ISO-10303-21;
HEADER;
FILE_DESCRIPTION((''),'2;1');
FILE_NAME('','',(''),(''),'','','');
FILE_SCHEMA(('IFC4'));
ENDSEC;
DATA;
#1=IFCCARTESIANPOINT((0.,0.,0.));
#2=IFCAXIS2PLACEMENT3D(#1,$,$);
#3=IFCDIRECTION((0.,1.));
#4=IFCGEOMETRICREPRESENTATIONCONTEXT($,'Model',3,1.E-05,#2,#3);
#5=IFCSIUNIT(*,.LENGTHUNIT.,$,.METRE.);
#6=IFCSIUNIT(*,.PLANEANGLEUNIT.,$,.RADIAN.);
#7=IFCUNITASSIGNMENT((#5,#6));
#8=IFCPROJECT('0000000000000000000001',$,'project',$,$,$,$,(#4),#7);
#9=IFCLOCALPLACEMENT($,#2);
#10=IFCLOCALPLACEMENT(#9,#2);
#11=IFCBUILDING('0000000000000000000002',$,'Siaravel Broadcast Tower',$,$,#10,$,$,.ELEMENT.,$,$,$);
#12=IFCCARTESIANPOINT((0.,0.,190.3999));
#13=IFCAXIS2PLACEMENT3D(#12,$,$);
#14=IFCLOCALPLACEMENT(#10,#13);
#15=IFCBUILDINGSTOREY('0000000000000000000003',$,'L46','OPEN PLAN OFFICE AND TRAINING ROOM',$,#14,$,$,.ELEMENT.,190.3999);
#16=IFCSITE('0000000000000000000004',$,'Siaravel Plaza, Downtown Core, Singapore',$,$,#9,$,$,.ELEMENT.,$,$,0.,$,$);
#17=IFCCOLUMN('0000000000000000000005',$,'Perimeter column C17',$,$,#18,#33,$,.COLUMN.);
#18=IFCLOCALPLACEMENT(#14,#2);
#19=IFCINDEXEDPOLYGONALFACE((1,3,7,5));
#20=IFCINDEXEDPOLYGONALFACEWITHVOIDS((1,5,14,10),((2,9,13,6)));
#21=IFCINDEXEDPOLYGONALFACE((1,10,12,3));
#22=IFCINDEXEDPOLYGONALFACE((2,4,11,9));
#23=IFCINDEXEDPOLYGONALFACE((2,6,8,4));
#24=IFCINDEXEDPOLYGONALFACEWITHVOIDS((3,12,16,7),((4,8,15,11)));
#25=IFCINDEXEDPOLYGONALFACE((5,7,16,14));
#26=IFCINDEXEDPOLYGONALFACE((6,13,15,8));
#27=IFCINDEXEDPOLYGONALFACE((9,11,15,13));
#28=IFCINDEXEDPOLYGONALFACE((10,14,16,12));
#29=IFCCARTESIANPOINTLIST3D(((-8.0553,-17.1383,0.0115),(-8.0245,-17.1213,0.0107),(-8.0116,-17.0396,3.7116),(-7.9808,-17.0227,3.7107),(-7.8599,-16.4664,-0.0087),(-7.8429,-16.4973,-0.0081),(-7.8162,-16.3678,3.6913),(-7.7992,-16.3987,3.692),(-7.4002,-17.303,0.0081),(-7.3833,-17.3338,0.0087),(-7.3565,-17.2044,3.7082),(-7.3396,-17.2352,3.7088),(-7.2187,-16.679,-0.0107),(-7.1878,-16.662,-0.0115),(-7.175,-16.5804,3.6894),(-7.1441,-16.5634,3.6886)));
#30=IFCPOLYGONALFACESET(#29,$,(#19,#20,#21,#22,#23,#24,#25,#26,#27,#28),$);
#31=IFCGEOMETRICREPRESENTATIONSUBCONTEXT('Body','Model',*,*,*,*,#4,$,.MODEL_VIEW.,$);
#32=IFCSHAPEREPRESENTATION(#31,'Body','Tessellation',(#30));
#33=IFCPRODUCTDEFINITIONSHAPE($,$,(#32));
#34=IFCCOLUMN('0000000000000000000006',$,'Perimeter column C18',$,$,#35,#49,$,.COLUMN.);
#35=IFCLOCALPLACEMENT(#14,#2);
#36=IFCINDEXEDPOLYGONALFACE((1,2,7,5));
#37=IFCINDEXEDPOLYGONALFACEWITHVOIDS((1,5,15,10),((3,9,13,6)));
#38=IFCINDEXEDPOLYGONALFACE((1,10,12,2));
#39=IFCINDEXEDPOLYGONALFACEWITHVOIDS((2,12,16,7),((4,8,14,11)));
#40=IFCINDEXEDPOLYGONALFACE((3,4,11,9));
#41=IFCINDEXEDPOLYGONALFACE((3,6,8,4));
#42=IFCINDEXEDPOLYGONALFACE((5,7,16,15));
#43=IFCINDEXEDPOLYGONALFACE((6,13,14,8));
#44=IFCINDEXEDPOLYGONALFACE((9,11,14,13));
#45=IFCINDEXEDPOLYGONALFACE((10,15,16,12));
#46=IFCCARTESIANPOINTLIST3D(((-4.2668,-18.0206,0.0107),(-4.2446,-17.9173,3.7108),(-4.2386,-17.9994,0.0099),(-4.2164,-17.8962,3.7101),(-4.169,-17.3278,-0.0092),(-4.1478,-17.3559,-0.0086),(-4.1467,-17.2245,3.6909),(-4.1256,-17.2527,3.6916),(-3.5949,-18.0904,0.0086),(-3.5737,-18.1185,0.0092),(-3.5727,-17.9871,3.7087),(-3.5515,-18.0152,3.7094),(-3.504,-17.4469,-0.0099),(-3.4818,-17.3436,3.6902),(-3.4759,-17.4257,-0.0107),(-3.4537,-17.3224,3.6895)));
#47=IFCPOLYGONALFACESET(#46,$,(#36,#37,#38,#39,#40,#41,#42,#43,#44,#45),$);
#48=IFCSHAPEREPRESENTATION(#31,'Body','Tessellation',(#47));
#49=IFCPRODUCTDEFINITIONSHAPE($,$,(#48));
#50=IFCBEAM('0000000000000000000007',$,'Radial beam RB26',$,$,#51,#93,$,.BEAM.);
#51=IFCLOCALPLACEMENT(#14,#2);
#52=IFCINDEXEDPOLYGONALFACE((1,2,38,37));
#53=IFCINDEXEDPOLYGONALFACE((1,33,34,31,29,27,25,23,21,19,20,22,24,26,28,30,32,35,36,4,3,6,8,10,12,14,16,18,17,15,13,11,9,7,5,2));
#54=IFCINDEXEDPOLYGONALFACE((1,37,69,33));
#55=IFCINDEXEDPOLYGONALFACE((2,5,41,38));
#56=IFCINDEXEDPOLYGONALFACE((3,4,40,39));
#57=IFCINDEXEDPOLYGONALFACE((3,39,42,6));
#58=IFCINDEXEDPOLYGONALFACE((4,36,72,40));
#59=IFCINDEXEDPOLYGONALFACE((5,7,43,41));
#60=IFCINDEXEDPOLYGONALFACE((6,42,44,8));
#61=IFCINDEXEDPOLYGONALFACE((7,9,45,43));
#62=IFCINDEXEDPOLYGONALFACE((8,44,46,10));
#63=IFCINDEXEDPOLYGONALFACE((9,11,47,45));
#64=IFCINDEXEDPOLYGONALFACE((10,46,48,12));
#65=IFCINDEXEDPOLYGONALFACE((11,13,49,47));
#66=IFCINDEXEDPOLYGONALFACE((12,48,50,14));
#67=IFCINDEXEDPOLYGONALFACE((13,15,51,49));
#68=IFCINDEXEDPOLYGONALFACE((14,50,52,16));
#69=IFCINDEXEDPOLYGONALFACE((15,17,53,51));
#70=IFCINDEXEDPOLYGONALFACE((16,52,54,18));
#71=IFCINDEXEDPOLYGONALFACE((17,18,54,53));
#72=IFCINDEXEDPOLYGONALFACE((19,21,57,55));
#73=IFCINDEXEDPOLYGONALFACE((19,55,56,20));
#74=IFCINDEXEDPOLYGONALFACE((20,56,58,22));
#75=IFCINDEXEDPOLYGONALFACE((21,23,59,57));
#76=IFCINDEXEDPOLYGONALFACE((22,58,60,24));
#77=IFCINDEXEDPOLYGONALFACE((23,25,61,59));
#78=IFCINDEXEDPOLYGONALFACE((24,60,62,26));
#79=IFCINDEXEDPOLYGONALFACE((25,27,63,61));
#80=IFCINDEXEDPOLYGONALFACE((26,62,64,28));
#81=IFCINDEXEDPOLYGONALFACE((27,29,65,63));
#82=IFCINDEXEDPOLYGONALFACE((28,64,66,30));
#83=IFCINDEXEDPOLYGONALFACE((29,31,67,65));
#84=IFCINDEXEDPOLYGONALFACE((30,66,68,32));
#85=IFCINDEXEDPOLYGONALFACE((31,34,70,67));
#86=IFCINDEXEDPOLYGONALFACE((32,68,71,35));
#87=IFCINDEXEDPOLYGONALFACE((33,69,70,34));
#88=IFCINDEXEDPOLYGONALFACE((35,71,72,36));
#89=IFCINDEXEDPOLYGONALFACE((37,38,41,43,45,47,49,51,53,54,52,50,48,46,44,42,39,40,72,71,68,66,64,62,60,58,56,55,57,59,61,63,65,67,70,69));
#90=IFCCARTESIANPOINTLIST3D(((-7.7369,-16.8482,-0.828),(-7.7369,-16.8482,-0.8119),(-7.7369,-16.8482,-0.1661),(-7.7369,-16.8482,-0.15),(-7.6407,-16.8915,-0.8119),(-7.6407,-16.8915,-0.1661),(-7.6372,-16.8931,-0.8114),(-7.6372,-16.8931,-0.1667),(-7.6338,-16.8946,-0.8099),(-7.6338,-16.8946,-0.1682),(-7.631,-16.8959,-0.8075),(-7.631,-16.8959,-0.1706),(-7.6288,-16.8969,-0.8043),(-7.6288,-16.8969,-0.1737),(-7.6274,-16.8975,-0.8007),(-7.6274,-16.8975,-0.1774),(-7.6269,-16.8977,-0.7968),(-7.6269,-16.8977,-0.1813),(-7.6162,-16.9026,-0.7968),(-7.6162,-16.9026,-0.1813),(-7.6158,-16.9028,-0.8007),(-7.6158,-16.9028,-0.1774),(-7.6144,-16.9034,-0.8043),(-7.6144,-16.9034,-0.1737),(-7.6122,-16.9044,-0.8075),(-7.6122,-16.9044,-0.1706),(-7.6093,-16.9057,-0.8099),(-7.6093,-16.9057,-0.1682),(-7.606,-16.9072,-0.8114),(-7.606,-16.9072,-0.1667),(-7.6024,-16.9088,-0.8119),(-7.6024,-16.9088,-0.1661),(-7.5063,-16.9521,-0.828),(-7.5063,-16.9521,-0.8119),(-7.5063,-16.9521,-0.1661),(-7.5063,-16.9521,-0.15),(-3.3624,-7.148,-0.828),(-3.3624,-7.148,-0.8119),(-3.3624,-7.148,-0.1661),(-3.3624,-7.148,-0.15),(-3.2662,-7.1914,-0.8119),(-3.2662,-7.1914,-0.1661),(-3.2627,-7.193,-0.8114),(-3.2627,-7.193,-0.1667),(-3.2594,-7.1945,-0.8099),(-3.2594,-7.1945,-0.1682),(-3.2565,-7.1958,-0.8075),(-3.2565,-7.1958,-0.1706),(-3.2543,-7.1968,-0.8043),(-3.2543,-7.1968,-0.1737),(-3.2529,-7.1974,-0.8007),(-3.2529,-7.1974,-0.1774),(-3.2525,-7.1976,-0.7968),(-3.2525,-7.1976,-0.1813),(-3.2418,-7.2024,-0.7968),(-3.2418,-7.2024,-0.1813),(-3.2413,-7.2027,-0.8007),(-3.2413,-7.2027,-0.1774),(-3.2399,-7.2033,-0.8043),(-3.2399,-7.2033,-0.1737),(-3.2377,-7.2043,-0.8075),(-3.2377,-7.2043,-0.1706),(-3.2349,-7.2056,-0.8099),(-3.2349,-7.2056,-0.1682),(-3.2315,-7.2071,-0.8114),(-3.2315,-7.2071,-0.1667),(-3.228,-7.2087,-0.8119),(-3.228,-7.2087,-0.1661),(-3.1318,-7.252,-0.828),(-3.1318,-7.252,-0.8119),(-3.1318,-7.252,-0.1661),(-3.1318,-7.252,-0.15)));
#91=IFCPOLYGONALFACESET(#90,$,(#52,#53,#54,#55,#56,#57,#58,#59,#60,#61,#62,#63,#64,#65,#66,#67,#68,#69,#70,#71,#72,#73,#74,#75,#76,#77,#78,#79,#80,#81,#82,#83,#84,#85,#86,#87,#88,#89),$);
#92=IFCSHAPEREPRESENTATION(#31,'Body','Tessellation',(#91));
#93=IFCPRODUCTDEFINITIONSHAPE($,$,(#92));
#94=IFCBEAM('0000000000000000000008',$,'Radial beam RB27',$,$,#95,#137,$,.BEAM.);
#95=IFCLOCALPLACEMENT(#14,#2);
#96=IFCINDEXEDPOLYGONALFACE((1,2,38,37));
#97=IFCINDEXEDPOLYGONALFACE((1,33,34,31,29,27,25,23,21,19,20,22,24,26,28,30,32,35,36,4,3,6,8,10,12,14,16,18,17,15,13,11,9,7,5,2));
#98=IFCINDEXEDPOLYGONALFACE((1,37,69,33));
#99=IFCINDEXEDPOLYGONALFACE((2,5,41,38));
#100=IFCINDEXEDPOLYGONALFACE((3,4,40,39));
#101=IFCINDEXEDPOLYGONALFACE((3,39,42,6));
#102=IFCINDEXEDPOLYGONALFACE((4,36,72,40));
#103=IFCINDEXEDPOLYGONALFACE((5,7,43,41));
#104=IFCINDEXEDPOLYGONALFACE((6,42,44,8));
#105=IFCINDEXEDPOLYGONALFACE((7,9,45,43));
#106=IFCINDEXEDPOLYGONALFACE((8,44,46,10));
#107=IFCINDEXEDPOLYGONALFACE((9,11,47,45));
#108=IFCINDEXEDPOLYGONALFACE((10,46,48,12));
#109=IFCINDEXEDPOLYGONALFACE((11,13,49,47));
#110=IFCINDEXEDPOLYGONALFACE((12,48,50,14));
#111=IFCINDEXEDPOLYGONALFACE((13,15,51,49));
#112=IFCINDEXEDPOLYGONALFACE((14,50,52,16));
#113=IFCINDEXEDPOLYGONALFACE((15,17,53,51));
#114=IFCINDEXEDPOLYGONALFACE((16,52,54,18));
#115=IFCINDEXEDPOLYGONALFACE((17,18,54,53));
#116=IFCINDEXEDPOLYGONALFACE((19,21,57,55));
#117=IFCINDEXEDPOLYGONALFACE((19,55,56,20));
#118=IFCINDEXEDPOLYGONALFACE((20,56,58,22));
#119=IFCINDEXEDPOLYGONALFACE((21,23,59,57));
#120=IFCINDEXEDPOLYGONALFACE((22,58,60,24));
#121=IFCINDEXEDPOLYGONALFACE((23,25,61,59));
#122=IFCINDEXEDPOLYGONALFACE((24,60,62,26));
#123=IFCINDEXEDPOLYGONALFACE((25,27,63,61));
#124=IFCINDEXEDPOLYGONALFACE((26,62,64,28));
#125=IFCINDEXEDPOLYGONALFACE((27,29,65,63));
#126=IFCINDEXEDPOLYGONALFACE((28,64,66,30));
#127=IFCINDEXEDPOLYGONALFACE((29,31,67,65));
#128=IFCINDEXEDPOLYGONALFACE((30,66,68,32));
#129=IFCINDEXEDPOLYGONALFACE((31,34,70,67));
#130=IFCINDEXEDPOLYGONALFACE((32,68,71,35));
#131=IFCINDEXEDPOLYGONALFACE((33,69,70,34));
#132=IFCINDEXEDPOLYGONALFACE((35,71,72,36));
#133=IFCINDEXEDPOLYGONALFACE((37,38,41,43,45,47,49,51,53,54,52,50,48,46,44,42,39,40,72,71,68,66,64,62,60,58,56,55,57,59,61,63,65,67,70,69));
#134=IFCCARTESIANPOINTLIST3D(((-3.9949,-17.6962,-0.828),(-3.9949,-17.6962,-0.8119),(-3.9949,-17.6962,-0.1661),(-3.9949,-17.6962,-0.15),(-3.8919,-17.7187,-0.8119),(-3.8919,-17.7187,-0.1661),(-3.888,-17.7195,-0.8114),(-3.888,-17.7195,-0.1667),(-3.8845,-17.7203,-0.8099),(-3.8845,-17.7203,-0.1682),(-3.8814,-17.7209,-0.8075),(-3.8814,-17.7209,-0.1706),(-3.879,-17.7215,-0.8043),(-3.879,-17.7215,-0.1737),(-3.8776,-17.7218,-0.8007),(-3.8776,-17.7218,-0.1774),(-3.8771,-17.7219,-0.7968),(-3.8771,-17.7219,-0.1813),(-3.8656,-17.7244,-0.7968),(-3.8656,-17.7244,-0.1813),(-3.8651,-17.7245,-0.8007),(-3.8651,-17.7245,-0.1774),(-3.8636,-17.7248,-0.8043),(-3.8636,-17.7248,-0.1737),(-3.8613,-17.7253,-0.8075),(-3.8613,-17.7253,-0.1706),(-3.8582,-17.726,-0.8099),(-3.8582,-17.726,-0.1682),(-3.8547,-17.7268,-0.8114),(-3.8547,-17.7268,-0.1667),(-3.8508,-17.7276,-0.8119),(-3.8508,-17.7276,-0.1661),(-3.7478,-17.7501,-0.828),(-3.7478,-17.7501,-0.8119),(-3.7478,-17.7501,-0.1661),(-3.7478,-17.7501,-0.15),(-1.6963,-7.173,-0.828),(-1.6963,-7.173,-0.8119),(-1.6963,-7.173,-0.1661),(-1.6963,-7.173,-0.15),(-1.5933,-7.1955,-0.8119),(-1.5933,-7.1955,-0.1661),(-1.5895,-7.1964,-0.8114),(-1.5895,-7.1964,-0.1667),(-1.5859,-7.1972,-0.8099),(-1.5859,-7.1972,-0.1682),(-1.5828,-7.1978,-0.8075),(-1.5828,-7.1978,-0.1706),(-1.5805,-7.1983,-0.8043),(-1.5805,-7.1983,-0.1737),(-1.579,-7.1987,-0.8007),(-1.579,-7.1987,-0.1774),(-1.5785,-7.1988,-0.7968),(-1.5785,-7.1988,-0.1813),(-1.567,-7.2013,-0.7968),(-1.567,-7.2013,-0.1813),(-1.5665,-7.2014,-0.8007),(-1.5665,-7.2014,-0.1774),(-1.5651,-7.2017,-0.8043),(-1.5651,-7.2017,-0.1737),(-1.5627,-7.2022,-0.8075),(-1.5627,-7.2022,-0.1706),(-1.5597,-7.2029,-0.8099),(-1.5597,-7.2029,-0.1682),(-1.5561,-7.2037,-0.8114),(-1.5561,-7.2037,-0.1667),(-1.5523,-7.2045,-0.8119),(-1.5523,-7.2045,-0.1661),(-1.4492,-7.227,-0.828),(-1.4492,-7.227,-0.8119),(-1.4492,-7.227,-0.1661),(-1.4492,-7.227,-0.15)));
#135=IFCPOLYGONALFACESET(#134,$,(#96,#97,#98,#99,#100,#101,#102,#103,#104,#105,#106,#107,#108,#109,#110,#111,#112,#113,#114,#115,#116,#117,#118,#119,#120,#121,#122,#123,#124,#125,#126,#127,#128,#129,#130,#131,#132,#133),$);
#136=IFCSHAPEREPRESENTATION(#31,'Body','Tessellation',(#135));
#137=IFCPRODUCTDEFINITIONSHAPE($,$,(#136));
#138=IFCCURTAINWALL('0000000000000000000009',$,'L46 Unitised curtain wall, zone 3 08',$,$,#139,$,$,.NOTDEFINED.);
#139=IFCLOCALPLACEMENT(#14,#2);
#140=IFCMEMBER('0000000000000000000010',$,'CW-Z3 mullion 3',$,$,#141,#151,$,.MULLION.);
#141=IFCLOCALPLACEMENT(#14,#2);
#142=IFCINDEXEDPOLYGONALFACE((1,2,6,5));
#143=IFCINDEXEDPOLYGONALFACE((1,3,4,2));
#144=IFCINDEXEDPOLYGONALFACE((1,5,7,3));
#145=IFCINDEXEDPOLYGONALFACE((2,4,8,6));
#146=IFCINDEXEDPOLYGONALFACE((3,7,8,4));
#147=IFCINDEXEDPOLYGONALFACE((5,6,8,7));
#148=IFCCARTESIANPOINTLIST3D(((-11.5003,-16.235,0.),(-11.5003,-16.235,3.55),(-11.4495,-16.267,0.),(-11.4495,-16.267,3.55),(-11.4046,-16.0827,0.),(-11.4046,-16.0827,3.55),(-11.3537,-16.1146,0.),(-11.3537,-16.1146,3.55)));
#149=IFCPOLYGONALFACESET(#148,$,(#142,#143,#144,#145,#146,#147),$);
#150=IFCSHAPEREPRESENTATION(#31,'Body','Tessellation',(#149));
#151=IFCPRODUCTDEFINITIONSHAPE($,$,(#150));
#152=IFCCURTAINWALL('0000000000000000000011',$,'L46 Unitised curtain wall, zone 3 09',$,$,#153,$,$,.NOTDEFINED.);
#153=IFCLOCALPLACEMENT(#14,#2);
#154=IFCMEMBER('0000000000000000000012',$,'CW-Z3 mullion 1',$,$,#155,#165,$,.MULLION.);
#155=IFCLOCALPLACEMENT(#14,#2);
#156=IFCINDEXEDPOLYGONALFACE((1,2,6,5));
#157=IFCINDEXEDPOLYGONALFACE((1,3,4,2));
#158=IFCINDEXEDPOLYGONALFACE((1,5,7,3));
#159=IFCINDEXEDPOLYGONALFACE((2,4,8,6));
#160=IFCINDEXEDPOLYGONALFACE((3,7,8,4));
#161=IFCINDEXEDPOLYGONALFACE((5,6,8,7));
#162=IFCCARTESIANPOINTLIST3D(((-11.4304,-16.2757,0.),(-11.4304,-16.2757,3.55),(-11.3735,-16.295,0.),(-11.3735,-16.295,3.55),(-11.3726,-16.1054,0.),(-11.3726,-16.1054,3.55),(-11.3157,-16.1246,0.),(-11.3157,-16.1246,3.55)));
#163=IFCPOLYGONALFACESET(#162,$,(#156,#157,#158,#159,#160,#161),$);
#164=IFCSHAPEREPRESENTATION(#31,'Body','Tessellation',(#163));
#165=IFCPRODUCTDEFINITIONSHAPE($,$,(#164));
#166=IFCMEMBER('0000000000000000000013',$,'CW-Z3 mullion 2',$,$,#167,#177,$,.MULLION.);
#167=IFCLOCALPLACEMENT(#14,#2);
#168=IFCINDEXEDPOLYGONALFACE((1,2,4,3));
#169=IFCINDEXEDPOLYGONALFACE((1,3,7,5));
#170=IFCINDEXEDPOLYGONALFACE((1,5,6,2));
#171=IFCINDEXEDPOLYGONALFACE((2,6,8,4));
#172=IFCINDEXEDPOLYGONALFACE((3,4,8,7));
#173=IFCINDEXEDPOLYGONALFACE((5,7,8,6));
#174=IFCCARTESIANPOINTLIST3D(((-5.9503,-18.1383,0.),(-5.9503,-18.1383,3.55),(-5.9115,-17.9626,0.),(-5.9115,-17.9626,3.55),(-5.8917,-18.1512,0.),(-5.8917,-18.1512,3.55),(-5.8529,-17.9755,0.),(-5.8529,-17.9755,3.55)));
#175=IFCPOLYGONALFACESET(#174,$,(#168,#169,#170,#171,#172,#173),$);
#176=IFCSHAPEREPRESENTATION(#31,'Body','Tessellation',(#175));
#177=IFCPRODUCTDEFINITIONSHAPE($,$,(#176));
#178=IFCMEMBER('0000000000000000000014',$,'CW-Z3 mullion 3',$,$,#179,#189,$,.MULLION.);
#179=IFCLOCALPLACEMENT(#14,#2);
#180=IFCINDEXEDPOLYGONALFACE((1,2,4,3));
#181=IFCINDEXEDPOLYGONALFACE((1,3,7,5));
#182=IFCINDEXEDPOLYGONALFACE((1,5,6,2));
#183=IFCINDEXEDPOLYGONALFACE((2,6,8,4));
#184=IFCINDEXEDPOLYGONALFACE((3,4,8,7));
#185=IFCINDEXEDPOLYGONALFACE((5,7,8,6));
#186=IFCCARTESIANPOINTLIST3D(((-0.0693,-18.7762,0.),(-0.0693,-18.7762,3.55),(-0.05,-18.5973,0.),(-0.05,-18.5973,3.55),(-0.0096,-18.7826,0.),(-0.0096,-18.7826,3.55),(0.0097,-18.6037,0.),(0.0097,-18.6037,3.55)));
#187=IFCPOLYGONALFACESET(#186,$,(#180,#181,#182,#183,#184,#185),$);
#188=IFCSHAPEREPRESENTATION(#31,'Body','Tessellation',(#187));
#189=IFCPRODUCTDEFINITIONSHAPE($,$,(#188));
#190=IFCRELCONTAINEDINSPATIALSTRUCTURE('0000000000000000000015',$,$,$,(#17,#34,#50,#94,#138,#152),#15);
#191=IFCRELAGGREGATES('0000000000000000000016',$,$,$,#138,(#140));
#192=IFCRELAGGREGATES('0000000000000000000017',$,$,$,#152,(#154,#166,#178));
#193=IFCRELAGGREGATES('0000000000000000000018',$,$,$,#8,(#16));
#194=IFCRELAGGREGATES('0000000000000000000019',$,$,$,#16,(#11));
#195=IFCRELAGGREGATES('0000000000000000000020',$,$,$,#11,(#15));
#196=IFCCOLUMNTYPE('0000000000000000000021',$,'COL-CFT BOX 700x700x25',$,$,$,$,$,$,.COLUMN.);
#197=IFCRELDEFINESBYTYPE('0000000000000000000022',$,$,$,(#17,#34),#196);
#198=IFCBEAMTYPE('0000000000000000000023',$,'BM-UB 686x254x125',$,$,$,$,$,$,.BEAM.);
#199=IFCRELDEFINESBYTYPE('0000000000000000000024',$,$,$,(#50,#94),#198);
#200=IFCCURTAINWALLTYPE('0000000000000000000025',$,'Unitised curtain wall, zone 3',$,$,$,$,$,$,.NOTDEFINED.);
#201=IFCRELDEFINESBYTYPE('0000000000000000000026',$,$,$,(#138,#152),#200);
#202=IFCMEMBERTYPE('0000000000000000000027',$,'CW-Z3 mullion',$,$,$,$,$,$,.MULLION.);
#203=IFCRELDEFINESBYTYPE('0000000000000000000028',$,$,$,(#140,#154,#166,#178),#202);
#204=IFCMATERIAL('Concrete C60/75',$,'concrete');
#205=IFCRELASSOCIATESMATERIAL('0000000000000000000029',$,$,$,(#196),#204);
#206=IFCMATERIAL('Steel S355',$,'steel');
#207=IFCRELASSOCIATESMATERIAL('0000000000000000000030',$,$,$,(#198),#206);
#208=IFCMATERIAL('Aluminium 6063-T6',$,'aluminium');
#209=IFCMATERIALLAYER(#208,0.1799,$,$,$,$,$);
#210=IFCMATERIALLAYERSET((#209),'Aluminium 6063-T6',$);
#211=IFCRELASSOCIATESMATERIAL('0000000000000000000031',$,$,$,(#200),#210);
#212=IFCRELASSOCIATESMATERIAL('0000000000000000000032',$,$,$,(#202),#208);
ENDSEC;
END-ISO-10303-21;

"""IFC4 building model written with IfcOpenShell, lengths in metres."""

from ifc_helpers import new_model, si_unit, direction, frame, origin, origin_2d, place, context, subcontext, project, spatial, rectangle, hollow_rectangle, i_section, extrude, material, layer, layer_set, material_profile, profile_set, type_object, element, aggregate, save


model = new_model("IFC4")

# Units and contexts
model_context = context("Model", 3, precision=1e-05, world=origin(), true_north=direction((0.0, 1.0)))
body_context = subcontext(model_context, "Body", "Model", "MODEL_VIEW")
ifc_project = project(units=[si_unit("LENGTHUNIT", "METRE"), si_unit("PLANEANGLEUNIT", "RADIAN")], contexts=[model_context])

# Site, building, storey
site_placement = place(None, origin())
site = spatial("IfcSite", under=ifc_project, at=site_placement, Name="Siaravel Plaza, Downtown Core, Singapore", CompositionType="ELEMENT", RefElevation=0.0)
building_placement = place(site_placement, origin())
building = spatial("IfcBuilding", under=site, at=building_placement, Name="Siaravel Broadcast Tower", CompositionType="ELEMENT")
storey_placement = place(building_placement, frame((0.0, 0.0, 190.3999)))
storey = spatial("IfcBuildingStorey", under=building, at=storey_placement, Name="L46", Description="OPEN PLAN OFFICE AND TRAINING ROOM", CompositionType="ELEMENT", Elevation=190.3999)

# Columns
ifc_material_1 = material(Name="Concrete C60/75", Category="concrete")
ifc_material_profile_1 = material_profile(ifc_material_1, hollow_rectangle(XDim=0.7, YDim=0.7, WallThickness=0.0249, at=origin_2d()))
ifc_profile_set_1 = profile_set([ifc_material_profile_1], Name="Concrete C60/75")
column_type = type_object("IfcColumnType", Name="COL-CFT BOX 700x700x25", PredefinedType="COLUMN", material=ifc_profile_set_1)
for number, where, z_axis, x_axis, name in (
    (1, (-7.6216, -16.9001, 0.0), (0.011805, 0.026645, 0.999575), (-0.960155, 0.27944, 0.003891), "Perimeter column C17"),
    (2, (-3.8713, -17.7231, 0.0), (0.006002, 0.027898, 0.999593), (-0.990169, 0.139858, 0.002042), "Perimeter column C18"),
):
    element("IfcColumn", number, at=place(storey_placement, frame(where, z_axis=z_axis, x_axis=x_axis)), inside=storey, type_object=column_type, Name=name, PredefinedType="COLUMN", context=body_context, shape_type="SweptSolid", body=[
        extrude(hollow_rectangle(XDim=0.7, YDim=0.7, WallThickness=0.0249, at=origin_2d()), origin(), (0.0, 0.0, 1.0), 3.7017),
    ])

# Beams
ifc_material_2 = material(Name="Steel S355", Category="steel")
ifc_material_profile_2 = material_profile(ifc_material_2, i_section(OverallWidth=0.2529, OverallDepth=0.678, WebThickness=0.0117, FlangeThickness=0.0161, FilletRadius=0.0151, at=origin_2d()))
ifc_profile_set_2 = profile_set([ifc_material_profile_2], Name="Steel S355")
beam_type = type_object("IfcBeamType", Name="BM-UB 686x254x125", PredefinedType="BEAM", material=ifc_profile_set_2)
beam_1_placement = place(storey_placement, frame((-7.6216, -16.9001, -0.489), z_axis=(0.411101, 0.91159, 0.0), x_axis=(-0.91159, 0.411101, 0.0)))
element("IfcBeam", 3, at=beam_1_placement, inside=storey, type_object=beam_type, Name="Radial beam RB26", PredefinedType="BEAM", context=body_context, shape_type="SweptSolid", body=[
    extrude(i_section(OverallWidth=0.2529, OverallDepth=0.678, WebThickness=0.0117, FlangeThickness=0.0161, FilletRadius=0.0151, at=origin_2d()), origin(), (0.0, 0.0, 1.0), 10.6409),
])
beam_2_placement = place(storey_placement, frame((-3.8713, -17.7231, -0.489), z_axis=(0.213399, 0.976965, 0.0), x_axis=(-0.976965, 0.213399, 0.0)))
element("IfcBeam", 4, at=beam_2_placement, inside=storey, type_object=beam_type, Name="Radial beam RB27", PredefinedType="BEAM", context=body_context, shape_type="SweptSolid", body=[
    extrude(i_section(OverallWidth=0.2529, OverallDepth=0.678, WebThickness=0.0117, FlangeThickness=0.0161, FilletRadius=0.0151, at=origin_2d()), origin(), (0.0, 0.0, 1.0), 10.7712),
])

# Curtain wall, member
ifc_material_3 = material(Name="Aluminium 6063-T6", Category="aluminium")
ifc_layer_1 = layer(ifc_material_3, 0.1799)
ifc_layer_set_1 = layer_set([ifc_layer_1], Name="Aluminium 6063-T6")
curtain_wall_type = type_object("IfcCurtainWallType", Name="Unitised curtain wall, zone 3", PredefinedType="NOTDEFINED", material=ifc_layer_set_1)
curtain_wall_1_placement = place(storey_placement, origin())
curtain_wall_1 = element("IfcCurtainWall", 5, at=curtain_wall_1_placement, inside=storey, type_object=curtain_wall_type, Name="L46 Unitised curtain wall, zone 3 08", PredefinedType="NOTDEFINED")
ifc_material_profile_3 = material_profile(ifc_material_3, rectangle(XDim=0.1799, YDim=0.0601, at=origin_2d()))
ifc_profile_set_3 = profile_set([ifc_material_profile_3], Name="Aluminium 6063-T6")
member_type_1 = type_object("IfcMemberType", Name="CW-Z3 mullion", PredefinedType="MULLION", material=ifc_profile_set_3)
member_1_placement = place(storey_placement, frame((-11.427, -16.1748, 0.0), z_axis=(0.0, 0.0, 1.0), x_axis=(0.532149, 0.846651, 0.0)))
member_1 = element("IfcMember", 6, at=member_1_placement, type_object=member_type_1, Name="CW-Z3 mullion 3", PredefinedType="MULLION", context=body_context, shape_type="SweptSolid", body=[
    extrude(rectangle(XDim=0.1799, YDim=0.0601, at=origin_2d()), origin(), (0.0, 0.0, 1.0), 3.55),
])
aggregate(curtain_wall_1, [member_1])

# Curtain wall, members
curtain_wall_2_placement = place(storey_placement, origin())
curtain_wall_2 = element("IfcCurtainWall", 7, at=curtain_wall_2_placement, inside=storey, type_object=curtain_wall_type, Name="L46 Unitised curtain wall, zone 3 09", PredefinedType="NOTDEFINED")
member_2_placement = place(storey_placement, frame((-11.373, -16.2002, 0.0), z_axis=(0.0, 0.0, 1.0), x_axis=(0.3213, 0.946977, 0.0)))
member_2 = element("IfcMember", 8, at=member_2_placement, type_object=member_type_1, Name="CW-Z3 mullion 1", PredefinedType="MULLION", context=body_context, shape_type="SweptSolid", body=[
    extrude(rectangle(XDim=0.1799, YDim=0.0601, at=origin_2d()), origin(), (0.0, 0.0, 1.0), 3.55),
])
member_3_placement = place(storey_placement, frame((-5.9016, -18.0569, 0.0), z_axis=(0.0, 0.0, 1.0), x_axis=(0.215558, 0.976491, 0.0)))
member_3 = element("IfcMember", 9, at=member_3_placement, type_object=member_type_1, Name="CW-Z3 mullion 2", PredefinedType="MULLION", context=body_context, shape_type="SweptSolid", body=[
    extrude(rectangle(XDim=0.1799, YDim=0.0601, at=origin_2d()), origin(), (0.0, 0.0, 1.0), 3.55),
])
member_4_placement = place(storey_placement, frame((-0.0298, -18.6899, 0.0), z_axis=(0.0, 0.0, 1.0), x_axis=(0.107217, 0.994236, 0.0)))
member_4 = element("IfcMember", 10, at=member_4_placement, type_object=member_type_1, Name="CW-Z3 mullion 3", PredefinedType="MULLION", context=body_context, shape_type="SweptSolid", body=[
    extrude(rectangle(XDim=0.1799, YDim=0.0601, at=origin_2d()), origin(), (0.0, 0.0, 1.0), 3.55),
])

aggregate(curtain_wall_2, [member_2, member_3, member_4])

save(model, "model.ifc")
